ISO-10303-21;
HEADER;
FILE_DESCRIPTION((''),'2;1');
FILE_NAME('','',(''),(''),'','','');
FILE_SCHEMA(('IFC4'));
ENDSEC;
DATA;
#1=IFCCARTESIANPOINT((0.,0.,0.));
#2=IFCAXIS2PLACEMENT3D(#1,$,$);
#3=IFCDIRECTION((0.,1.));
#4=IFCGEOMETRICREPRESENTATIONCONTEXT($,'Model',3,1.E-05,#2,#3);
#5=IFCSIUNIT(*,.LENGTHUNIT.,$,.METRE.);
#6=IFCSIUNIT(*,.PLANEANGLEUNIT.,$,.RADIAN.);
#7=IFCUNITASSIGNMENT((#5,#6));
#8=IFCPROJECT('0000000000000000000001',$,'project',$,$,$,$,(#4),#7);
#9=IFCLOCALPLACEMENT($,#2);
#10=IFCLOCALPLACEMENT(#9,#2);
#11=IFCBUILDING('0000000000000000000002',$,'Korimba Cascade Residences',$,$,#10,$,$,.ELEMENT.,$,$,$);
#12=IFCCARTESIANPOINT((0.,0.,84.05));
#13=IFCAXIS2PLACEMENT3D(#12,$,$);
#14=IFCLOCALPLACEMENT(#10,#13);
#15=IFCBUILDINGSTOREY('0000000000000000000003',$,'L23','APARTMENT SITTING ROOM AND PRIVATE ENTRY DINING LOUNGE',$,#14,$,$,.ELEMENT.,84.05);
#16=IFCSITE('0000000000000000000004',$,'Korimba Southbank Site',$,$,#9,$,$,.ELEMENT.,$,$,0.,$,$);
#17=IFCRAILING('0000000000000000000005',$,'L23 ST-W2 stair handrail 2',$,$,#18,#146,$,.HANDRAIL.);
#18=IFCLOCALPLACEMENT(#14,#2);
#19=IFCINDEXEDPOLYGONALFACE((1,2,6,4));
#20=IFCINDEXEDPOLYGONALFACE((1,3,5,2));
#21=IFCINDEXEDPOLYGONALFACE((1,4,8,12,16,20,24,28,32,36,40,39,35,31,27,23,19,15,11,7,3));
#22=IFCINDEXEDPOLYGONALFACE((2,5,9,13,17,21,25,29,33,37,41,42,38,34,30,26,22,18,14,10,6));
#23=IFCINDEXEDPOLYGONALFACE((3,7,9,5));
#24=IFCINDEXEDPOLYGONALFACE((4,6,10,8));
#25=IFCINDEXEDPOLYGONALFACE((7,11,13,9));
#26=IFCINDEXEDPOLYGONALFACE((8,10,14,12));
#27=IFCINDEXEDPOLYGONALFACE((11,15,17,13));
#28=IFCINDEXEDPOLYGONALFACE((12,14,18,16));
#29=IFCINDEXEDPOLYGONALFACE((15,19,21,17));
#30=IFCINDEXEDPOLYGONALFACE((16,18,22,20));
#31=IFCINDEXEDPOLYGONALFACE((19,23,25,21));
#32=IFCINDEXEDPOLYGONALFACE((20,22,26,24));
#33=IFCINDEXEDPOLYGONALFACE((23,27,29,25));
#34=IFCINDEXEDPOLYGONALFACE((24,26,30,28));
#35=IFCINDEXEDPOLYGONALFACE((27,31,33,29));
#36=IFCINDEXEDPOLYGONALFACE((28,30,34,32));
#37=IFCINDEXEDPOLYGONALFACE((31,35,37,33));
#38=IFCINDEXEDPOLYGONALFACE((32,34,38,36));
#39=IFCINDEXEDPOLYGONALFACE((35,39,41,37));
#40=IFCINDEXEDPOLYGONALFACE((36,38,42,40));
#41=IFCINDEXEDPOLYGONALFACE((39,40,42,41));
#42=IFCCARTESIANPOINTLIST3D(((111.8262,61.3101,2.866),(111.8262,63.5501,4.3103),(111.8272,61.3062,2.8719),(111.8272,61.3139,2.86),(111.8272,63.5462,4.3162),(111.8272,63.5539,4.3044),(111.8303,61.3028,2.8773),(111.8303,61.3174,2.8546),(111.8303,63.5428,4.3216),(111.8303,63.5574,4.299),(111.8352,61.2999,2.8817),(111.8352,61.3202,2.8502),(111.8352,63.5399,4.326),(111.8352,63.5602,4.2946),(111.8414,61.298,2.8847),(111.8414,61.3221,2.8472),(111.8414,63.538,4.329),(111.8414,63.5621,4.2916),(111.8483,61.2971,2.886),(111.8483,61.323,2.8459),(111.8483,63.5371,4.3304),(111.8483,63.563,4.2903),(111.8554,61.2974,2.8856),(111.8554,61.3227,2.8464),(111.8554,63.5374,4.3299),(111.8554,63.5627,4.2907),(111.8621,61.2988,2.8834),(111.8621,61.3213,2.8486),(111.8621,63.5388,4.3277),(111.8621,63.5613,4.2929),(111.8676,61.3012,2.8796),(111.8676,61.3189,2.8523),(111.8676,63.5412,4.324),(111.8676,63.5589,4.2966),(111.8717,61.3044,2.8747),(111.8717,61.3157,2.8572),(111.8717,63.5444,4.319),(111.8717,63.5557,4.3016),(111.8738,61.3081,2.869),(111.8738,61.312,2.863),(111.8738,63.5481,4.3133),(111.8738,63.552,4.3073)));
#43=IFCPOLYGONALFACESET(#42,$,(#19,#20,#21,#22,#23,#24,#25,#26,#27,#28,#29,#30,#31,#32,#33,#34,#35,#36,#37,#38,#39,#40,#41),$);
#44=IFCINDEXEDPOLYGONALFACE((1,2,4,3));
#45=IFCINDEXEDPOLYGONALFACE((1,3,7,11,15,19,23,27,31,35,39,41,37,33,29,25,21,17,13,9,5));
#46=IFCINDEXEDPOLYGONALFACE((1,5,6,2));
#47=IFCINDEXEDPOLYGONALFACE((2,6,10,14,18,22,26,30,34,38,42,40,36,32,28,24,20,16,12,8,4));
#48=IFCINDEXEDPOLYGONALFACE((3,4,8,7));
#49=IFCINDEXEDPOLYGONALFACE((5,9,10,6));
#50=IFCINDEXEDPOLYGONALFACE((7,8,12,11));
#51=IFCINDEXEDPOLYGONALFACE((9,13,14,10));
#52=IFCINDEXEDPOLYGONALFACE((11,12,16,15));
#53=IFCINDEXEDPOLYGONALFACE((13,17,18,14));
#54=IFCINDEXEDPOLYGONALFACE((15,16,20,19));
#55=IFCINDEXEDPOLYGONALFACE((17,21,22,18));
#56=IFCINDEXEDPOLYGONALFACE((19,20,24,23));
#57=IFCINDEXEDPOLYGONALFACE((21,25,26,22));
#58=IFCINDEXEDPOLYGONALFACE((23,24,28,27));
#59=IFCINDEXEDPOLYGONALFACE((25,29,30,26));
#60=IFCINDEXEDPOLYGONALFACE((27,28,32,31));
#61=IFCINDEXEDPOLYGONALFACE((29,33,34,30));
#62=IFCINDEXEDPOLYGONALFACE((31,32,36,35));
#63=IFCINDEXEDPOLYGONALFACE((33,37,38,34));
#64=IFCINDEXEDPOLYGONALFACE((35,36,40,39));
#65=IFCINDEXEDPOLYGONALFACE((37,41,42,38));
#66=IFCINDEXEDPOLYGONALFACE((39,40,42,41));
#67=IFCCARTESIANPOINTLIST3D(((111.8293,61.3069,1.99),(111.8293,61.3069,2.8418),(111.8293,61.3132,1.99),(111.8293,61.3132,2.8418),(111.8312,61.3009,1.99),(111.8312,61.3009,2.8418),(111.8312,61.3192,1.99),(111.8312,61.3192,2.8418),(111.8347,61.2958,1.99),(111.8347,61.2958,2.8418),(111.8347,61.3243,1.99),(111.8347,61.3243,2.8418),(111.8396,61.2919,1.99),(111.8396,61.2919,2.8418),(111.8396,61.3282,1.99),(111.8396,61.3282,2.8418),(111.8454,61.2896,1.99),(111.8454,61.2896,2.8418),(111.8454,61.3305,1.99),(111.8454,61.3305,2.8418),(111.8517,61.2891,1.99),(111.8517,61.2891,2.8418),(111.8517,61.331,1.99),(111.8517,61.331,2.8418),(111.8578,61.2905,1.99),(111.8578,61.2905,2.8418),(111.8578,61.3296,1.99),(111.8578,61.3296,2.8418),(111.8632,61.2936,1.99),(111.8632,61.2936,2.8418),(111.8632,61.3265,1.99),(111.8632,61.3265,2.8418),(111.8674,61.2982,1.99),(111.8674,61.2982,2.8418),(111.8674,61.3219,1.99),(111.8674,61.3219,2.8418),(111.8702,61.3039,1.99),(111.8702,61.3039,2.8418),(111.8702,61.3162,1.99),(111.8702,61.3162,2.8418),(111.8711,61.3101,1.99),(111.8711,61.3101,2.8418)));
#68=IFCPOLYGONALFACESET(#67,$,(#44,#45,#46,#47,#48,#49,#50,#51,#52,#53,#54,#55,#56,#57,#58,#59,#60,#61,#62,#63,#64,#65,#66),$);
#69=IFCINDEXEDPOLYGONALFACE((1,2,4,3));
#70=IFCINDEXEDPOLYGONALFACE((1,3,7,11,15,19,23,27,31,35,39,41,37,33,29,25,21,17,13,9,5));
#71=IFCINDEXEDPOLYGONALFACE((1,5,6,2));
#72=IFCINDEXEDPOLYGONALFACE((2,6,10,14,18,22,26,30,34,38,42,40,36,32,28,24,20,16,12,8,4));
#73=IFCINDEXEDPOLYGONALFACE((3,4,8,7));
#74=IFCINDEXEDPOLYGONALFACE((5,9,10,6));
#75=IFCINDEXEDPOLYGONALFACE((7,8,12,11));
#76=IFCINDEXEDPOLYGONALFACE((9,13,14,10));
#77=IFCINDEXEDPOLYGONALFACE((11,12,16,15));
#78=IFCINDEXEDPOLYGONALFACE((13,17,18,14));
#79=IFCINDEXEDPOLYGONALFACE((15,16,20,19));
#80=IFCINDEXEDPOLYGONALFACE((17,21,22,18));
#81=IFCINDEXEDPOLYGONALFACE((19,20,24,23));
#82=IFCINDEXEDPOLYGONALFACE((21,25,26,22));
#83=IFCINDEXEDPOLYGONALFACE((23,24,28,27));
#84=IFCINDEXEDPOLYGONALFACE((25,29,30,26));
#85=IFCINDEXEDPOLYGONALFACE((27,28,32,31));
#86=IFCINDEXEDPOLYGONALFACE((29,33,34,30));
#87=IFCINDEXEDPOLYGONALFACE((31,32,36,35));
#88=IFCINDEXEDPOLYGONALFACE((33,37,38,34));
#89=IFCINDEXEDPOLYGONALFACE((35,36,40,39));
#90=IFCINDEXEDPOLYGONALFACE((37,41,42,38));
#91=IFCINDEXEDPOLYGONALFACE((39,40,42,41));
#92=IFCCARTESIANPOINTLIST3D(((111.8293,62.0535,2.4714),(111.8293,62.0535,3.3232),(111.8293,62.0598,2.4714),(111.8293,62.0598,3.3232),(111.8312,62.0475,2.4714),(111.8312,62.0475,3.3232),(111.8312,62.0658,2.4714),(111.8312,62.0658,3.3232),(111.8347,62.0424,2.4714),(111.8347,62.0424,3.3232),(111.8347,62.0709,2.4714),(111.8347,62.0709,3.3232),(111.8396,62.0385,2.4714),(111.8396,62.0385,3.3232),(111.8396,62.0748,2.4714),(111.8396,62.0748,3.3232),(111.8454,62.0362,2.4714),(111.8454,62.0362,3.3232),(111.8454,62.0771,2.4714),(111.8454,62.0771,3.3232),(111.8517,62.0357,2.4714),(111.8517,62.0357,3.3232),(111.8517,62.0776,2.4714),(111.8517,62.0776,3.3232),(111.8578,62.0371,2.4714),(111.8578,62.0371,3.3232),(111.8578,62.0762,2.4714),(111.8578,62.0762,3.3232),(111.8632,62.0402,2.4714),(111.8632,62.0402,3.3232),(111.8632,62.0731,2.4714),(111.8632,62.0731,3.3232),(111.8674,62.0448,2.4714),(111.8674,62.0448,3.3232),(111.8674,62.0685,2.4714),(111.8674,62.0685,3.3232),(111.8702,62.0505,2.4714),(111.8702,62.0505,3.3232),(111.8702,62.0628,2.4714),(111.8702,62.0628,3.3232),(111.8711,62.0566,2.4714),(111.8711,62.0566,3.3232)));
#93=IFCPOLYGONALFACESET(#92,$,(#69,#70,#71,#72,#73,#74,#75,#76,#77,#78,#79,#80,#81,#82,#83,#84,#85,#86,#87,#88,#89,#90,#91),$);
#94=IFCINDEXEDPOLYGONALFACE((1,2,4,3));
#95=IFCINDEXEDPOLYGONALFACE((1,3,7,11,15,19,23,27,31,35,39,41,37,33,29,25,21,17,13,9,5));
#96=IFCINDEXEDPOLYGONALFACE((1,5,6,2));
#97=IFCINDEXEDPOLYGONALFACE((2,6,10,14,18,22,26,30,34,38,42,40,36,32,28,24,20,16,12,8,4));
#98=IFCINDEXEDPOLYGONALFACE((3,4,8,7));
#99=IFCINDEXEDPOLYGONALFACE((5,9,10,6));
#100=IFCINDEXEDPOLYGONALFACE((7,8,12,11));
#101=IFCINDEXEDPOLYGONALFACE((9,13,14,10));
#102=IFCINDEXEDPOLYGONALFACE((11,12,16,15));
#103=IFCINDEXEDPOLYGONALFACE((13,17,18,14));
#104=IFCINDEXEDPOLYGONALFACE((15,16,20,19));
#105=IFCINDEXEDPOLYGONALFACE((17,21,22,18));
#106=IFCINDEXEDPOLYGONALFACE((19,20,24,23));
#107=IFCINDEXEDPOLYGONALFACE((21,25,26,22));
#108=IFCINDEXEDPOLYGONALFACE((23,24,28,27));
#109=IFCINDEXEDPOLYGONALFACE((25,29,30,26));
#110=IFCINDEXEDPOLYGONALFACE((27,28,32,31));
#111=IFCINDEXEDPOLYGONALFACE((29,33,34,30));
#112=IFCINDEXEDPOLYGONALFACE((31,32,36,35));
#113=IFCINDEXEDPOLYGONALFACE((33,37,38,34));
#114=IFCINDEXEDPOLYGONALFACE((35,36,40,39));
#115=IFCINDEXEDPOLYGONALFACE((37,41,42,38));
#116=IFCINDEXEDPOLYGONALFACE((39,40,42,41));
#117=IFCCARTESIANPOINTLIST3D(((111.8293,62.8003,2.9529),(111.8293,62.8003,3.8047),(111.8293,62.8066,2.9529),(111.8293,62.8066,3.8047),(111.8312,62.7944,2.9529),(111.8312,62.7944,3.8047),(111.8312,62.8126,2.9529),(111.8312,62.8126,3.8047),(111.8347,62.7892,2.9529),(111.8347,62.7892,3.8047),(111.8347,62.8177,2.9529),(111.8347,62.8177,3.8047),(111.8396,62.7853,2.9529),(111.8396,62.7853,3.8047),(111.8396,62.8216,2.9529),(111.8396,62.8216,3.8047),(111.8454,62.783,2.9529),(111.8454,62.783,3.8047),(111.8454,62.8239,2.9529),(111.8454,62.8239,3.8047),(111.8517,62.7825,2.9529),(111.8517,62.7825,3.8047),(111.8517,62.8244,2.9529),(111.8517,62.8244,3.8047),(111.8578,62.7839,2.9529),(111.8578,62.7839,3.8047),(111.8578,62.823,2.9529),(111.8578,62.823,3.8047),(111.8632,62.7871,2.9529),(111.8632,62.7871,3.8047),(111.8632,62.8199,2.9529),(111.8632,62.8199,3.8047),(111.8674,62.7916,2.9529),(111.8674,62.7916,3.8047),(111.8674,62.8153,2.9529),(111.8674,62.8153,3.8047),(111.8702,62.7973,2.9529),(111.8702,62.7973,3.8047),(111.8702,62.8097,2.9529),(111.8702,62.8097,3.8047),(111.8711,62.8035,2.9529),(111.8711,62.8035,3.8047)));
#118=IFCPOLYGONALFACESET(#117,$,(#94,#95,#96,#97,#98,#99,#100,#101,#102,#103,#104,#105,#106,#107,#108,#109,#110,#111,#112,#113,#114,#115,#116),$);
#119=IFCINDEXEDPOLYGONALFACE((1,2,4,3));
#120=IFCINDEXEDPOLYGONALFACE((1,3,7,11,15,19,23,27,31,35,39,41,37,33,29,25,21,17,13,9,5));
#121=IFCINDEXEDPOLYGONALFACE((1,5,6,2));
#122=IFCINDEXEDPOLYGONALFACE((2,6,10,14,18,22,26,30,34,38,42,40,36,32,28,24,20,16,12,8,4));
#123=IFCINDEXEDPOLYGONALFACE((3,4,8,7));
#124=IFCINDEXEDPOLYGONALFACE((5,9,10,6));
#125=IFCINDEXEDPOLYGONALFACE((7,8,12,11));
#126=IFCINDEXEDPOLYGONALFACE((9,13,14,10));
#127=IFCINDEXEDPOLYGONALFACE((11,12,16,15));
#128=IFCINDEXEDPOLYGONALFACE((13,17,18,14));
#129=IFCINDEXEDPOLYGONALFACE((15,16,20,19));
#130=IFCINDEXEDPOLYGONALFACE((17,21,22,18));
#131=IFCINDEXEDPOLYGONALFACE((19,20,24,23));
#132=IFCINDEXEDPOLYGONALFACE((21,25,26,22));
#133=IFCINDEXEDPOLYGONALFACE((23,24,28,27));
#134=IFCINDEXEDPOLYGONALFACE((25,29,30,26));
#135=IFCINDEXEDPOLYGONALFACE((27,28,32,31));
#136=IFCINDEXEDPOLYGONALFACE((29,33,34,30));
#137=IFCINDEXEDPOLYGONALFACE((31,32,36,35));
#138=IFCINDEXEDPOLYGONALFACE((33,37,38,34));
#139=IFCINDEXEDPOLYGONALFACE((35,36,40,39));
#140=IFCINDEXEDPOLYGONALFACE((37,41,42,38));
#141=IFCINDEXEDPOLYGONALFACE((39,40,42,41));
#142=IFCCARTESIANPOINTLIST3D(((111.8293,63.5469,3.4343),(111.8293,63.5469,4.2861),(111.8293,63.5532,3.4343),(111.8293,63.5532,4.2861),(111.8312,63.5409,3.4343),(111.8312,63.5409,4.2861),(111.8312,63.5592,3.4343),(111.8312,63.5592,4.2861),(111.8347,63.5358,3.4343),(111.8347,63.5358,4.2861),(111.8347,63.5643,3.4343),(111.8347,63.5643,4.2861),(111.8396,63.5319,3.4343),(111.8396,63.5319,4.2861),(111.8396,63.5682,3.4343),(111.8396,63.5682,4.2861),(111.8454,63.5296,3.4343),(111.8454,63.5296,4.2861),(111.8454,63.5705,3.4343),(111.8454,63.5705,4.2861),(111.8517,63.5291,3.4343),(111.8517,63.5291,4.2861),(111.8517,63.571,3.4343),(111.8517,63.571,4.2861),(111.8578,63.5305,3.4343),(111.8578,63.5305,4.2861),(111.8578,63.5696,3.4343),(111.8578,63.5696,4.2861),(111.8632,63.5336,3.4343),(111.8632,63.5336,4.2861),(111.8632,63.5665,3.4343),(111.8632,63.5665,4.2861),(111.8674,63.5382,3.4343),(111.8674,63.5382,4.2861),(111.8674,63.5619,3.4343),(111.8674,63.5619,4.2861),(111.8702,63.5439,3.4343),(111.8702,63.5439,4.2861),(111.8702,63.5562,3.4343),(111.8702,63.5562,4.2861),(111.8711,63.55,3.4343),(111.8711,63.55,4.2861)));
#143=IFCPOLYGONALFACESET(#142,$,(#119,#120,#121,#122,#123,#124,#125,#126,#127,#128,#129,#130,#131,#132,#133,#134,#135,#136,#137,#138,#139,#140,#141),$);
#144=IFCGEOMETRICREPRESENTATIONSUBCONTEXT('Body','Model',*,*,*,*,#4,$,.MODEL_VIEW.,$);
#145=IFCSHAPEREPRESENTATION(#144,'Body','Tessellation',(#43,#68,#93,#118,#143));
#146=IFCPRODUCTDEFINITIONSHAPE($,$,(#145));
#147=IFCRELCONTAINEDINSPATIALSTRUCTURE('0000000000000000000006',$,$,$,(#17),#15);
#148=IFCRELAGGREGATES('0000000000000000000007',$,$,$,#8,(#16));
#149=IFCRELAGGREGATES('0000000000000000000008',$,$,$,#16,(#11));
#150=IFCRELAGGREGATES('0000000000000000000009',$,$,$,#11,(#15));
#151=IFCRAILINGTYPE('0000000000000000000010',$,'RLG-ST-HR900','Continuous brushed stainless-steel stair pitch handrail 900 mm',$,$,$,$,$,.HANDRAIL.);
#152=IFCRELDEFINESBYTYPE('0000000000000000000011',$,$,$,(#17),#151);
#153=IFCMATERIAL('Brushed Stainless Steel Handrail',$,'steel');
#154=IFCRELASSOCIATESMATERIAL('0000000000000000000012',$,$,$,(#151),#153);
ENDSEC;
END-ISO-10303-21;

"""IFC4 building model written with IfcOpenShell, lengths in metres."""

from ifc_helpers import new_model, si_unit, direction, frame, origin, origin_2d, place, context, subcontext, project, spatial, circle, extrude, material, type_object, element, save


model = new_model("IFC4")

# Units and contexts
model_context = context("Model", 3, precision=1e-05, world=origin(), true_north=direction((0.0, 1.0)))
body_context = subcontext(model_context, "Body", "Model", "MODEL_VIEW")
ifc_project = project(units=[si_unit("LENGTHUNIT", "METRE"), si_unit("PLANEANGLEUNIT", "RADIAN")], contexts=[model_context])

# Site, building, storey
site_placement = place(None, origin())
site = spatial("IfcSite", under=ifc_project, at=site_placement, Name="Korimba Southbank Site", CompositionType="ELEMENT", RefElevation=0.0)
building_placement = place(site_placement, origin())
building = spatial("IfcBuilding", under=site, at=building_placement, Name="Korimba Cascade Residences", CompositionType="ELEMENT")
storey_placement = place(building_placement, frame((0.0, 0.0, 84.05)))
storey = spatial("IfcBuildingStorey", under=building, at=storey_placement, Name="L23", Description="APARTMENT SITTING ROOM AND PRIVATE ENTRY DINING LOUNGE", CompositionType="ELEMENT", Elevation=84.05)

# Railing
ifc_material_1 = material(Name="Brushed Stainless Steel Handrail", Category="steel")
railing_type_1 = type_object("IfcRailingType", Name="RLG-ST-HR900", Description="Continuous brushed stainless-steel stair pitch handrail 900 mm", PredefinedType="HANDRAIL", material=ifc_material_1)
railing_1_placement = place(storey_placement, frame((111.8501, 61.3101, 1.99)))
element("IfcRailing", 1, at=railing_1_placement, inside=storey, type_object=railing_type_1, Name="L23 ST-W2 stair handrail 2", PredefinedType="HANDRAIL", context=body_context, shape_type="SweptSolid", body=[
    extrude(circle(Radius=0.0239, at=origin_2d()), frame((0.0, 0.0, 0.876), z_axis=(0.0, 0.840437, 0.54191), x_axis=(-1.0, 0.0, 0.0)), (0.0, 0.0, 1.0), 2.6653),
    extrude(circle(Radius=0.021, at=origin_2d()), origin(), (0.0, 0.0, 1.0), 0.8518),
    extrude(circle(Radius=0.021, at=origin_2d()), frame((0.0, 0.7466, 0.4814)), (0.0, 0.0, 1.0), 0.8518),
    extrude(circle(Radius=0.021, at=origin_2d()), frame((0.0, 1.4934, 0.9629)), (0.0, 0.0, 1.0), 0.8518),
    extrude(circle(Radius=0.021, at=origin_2d()), frame((0.0, 2.24, 1.4443)), (0.0, 0.0, 1.0), 0.8518),
])

save(model, "model.ifc")
